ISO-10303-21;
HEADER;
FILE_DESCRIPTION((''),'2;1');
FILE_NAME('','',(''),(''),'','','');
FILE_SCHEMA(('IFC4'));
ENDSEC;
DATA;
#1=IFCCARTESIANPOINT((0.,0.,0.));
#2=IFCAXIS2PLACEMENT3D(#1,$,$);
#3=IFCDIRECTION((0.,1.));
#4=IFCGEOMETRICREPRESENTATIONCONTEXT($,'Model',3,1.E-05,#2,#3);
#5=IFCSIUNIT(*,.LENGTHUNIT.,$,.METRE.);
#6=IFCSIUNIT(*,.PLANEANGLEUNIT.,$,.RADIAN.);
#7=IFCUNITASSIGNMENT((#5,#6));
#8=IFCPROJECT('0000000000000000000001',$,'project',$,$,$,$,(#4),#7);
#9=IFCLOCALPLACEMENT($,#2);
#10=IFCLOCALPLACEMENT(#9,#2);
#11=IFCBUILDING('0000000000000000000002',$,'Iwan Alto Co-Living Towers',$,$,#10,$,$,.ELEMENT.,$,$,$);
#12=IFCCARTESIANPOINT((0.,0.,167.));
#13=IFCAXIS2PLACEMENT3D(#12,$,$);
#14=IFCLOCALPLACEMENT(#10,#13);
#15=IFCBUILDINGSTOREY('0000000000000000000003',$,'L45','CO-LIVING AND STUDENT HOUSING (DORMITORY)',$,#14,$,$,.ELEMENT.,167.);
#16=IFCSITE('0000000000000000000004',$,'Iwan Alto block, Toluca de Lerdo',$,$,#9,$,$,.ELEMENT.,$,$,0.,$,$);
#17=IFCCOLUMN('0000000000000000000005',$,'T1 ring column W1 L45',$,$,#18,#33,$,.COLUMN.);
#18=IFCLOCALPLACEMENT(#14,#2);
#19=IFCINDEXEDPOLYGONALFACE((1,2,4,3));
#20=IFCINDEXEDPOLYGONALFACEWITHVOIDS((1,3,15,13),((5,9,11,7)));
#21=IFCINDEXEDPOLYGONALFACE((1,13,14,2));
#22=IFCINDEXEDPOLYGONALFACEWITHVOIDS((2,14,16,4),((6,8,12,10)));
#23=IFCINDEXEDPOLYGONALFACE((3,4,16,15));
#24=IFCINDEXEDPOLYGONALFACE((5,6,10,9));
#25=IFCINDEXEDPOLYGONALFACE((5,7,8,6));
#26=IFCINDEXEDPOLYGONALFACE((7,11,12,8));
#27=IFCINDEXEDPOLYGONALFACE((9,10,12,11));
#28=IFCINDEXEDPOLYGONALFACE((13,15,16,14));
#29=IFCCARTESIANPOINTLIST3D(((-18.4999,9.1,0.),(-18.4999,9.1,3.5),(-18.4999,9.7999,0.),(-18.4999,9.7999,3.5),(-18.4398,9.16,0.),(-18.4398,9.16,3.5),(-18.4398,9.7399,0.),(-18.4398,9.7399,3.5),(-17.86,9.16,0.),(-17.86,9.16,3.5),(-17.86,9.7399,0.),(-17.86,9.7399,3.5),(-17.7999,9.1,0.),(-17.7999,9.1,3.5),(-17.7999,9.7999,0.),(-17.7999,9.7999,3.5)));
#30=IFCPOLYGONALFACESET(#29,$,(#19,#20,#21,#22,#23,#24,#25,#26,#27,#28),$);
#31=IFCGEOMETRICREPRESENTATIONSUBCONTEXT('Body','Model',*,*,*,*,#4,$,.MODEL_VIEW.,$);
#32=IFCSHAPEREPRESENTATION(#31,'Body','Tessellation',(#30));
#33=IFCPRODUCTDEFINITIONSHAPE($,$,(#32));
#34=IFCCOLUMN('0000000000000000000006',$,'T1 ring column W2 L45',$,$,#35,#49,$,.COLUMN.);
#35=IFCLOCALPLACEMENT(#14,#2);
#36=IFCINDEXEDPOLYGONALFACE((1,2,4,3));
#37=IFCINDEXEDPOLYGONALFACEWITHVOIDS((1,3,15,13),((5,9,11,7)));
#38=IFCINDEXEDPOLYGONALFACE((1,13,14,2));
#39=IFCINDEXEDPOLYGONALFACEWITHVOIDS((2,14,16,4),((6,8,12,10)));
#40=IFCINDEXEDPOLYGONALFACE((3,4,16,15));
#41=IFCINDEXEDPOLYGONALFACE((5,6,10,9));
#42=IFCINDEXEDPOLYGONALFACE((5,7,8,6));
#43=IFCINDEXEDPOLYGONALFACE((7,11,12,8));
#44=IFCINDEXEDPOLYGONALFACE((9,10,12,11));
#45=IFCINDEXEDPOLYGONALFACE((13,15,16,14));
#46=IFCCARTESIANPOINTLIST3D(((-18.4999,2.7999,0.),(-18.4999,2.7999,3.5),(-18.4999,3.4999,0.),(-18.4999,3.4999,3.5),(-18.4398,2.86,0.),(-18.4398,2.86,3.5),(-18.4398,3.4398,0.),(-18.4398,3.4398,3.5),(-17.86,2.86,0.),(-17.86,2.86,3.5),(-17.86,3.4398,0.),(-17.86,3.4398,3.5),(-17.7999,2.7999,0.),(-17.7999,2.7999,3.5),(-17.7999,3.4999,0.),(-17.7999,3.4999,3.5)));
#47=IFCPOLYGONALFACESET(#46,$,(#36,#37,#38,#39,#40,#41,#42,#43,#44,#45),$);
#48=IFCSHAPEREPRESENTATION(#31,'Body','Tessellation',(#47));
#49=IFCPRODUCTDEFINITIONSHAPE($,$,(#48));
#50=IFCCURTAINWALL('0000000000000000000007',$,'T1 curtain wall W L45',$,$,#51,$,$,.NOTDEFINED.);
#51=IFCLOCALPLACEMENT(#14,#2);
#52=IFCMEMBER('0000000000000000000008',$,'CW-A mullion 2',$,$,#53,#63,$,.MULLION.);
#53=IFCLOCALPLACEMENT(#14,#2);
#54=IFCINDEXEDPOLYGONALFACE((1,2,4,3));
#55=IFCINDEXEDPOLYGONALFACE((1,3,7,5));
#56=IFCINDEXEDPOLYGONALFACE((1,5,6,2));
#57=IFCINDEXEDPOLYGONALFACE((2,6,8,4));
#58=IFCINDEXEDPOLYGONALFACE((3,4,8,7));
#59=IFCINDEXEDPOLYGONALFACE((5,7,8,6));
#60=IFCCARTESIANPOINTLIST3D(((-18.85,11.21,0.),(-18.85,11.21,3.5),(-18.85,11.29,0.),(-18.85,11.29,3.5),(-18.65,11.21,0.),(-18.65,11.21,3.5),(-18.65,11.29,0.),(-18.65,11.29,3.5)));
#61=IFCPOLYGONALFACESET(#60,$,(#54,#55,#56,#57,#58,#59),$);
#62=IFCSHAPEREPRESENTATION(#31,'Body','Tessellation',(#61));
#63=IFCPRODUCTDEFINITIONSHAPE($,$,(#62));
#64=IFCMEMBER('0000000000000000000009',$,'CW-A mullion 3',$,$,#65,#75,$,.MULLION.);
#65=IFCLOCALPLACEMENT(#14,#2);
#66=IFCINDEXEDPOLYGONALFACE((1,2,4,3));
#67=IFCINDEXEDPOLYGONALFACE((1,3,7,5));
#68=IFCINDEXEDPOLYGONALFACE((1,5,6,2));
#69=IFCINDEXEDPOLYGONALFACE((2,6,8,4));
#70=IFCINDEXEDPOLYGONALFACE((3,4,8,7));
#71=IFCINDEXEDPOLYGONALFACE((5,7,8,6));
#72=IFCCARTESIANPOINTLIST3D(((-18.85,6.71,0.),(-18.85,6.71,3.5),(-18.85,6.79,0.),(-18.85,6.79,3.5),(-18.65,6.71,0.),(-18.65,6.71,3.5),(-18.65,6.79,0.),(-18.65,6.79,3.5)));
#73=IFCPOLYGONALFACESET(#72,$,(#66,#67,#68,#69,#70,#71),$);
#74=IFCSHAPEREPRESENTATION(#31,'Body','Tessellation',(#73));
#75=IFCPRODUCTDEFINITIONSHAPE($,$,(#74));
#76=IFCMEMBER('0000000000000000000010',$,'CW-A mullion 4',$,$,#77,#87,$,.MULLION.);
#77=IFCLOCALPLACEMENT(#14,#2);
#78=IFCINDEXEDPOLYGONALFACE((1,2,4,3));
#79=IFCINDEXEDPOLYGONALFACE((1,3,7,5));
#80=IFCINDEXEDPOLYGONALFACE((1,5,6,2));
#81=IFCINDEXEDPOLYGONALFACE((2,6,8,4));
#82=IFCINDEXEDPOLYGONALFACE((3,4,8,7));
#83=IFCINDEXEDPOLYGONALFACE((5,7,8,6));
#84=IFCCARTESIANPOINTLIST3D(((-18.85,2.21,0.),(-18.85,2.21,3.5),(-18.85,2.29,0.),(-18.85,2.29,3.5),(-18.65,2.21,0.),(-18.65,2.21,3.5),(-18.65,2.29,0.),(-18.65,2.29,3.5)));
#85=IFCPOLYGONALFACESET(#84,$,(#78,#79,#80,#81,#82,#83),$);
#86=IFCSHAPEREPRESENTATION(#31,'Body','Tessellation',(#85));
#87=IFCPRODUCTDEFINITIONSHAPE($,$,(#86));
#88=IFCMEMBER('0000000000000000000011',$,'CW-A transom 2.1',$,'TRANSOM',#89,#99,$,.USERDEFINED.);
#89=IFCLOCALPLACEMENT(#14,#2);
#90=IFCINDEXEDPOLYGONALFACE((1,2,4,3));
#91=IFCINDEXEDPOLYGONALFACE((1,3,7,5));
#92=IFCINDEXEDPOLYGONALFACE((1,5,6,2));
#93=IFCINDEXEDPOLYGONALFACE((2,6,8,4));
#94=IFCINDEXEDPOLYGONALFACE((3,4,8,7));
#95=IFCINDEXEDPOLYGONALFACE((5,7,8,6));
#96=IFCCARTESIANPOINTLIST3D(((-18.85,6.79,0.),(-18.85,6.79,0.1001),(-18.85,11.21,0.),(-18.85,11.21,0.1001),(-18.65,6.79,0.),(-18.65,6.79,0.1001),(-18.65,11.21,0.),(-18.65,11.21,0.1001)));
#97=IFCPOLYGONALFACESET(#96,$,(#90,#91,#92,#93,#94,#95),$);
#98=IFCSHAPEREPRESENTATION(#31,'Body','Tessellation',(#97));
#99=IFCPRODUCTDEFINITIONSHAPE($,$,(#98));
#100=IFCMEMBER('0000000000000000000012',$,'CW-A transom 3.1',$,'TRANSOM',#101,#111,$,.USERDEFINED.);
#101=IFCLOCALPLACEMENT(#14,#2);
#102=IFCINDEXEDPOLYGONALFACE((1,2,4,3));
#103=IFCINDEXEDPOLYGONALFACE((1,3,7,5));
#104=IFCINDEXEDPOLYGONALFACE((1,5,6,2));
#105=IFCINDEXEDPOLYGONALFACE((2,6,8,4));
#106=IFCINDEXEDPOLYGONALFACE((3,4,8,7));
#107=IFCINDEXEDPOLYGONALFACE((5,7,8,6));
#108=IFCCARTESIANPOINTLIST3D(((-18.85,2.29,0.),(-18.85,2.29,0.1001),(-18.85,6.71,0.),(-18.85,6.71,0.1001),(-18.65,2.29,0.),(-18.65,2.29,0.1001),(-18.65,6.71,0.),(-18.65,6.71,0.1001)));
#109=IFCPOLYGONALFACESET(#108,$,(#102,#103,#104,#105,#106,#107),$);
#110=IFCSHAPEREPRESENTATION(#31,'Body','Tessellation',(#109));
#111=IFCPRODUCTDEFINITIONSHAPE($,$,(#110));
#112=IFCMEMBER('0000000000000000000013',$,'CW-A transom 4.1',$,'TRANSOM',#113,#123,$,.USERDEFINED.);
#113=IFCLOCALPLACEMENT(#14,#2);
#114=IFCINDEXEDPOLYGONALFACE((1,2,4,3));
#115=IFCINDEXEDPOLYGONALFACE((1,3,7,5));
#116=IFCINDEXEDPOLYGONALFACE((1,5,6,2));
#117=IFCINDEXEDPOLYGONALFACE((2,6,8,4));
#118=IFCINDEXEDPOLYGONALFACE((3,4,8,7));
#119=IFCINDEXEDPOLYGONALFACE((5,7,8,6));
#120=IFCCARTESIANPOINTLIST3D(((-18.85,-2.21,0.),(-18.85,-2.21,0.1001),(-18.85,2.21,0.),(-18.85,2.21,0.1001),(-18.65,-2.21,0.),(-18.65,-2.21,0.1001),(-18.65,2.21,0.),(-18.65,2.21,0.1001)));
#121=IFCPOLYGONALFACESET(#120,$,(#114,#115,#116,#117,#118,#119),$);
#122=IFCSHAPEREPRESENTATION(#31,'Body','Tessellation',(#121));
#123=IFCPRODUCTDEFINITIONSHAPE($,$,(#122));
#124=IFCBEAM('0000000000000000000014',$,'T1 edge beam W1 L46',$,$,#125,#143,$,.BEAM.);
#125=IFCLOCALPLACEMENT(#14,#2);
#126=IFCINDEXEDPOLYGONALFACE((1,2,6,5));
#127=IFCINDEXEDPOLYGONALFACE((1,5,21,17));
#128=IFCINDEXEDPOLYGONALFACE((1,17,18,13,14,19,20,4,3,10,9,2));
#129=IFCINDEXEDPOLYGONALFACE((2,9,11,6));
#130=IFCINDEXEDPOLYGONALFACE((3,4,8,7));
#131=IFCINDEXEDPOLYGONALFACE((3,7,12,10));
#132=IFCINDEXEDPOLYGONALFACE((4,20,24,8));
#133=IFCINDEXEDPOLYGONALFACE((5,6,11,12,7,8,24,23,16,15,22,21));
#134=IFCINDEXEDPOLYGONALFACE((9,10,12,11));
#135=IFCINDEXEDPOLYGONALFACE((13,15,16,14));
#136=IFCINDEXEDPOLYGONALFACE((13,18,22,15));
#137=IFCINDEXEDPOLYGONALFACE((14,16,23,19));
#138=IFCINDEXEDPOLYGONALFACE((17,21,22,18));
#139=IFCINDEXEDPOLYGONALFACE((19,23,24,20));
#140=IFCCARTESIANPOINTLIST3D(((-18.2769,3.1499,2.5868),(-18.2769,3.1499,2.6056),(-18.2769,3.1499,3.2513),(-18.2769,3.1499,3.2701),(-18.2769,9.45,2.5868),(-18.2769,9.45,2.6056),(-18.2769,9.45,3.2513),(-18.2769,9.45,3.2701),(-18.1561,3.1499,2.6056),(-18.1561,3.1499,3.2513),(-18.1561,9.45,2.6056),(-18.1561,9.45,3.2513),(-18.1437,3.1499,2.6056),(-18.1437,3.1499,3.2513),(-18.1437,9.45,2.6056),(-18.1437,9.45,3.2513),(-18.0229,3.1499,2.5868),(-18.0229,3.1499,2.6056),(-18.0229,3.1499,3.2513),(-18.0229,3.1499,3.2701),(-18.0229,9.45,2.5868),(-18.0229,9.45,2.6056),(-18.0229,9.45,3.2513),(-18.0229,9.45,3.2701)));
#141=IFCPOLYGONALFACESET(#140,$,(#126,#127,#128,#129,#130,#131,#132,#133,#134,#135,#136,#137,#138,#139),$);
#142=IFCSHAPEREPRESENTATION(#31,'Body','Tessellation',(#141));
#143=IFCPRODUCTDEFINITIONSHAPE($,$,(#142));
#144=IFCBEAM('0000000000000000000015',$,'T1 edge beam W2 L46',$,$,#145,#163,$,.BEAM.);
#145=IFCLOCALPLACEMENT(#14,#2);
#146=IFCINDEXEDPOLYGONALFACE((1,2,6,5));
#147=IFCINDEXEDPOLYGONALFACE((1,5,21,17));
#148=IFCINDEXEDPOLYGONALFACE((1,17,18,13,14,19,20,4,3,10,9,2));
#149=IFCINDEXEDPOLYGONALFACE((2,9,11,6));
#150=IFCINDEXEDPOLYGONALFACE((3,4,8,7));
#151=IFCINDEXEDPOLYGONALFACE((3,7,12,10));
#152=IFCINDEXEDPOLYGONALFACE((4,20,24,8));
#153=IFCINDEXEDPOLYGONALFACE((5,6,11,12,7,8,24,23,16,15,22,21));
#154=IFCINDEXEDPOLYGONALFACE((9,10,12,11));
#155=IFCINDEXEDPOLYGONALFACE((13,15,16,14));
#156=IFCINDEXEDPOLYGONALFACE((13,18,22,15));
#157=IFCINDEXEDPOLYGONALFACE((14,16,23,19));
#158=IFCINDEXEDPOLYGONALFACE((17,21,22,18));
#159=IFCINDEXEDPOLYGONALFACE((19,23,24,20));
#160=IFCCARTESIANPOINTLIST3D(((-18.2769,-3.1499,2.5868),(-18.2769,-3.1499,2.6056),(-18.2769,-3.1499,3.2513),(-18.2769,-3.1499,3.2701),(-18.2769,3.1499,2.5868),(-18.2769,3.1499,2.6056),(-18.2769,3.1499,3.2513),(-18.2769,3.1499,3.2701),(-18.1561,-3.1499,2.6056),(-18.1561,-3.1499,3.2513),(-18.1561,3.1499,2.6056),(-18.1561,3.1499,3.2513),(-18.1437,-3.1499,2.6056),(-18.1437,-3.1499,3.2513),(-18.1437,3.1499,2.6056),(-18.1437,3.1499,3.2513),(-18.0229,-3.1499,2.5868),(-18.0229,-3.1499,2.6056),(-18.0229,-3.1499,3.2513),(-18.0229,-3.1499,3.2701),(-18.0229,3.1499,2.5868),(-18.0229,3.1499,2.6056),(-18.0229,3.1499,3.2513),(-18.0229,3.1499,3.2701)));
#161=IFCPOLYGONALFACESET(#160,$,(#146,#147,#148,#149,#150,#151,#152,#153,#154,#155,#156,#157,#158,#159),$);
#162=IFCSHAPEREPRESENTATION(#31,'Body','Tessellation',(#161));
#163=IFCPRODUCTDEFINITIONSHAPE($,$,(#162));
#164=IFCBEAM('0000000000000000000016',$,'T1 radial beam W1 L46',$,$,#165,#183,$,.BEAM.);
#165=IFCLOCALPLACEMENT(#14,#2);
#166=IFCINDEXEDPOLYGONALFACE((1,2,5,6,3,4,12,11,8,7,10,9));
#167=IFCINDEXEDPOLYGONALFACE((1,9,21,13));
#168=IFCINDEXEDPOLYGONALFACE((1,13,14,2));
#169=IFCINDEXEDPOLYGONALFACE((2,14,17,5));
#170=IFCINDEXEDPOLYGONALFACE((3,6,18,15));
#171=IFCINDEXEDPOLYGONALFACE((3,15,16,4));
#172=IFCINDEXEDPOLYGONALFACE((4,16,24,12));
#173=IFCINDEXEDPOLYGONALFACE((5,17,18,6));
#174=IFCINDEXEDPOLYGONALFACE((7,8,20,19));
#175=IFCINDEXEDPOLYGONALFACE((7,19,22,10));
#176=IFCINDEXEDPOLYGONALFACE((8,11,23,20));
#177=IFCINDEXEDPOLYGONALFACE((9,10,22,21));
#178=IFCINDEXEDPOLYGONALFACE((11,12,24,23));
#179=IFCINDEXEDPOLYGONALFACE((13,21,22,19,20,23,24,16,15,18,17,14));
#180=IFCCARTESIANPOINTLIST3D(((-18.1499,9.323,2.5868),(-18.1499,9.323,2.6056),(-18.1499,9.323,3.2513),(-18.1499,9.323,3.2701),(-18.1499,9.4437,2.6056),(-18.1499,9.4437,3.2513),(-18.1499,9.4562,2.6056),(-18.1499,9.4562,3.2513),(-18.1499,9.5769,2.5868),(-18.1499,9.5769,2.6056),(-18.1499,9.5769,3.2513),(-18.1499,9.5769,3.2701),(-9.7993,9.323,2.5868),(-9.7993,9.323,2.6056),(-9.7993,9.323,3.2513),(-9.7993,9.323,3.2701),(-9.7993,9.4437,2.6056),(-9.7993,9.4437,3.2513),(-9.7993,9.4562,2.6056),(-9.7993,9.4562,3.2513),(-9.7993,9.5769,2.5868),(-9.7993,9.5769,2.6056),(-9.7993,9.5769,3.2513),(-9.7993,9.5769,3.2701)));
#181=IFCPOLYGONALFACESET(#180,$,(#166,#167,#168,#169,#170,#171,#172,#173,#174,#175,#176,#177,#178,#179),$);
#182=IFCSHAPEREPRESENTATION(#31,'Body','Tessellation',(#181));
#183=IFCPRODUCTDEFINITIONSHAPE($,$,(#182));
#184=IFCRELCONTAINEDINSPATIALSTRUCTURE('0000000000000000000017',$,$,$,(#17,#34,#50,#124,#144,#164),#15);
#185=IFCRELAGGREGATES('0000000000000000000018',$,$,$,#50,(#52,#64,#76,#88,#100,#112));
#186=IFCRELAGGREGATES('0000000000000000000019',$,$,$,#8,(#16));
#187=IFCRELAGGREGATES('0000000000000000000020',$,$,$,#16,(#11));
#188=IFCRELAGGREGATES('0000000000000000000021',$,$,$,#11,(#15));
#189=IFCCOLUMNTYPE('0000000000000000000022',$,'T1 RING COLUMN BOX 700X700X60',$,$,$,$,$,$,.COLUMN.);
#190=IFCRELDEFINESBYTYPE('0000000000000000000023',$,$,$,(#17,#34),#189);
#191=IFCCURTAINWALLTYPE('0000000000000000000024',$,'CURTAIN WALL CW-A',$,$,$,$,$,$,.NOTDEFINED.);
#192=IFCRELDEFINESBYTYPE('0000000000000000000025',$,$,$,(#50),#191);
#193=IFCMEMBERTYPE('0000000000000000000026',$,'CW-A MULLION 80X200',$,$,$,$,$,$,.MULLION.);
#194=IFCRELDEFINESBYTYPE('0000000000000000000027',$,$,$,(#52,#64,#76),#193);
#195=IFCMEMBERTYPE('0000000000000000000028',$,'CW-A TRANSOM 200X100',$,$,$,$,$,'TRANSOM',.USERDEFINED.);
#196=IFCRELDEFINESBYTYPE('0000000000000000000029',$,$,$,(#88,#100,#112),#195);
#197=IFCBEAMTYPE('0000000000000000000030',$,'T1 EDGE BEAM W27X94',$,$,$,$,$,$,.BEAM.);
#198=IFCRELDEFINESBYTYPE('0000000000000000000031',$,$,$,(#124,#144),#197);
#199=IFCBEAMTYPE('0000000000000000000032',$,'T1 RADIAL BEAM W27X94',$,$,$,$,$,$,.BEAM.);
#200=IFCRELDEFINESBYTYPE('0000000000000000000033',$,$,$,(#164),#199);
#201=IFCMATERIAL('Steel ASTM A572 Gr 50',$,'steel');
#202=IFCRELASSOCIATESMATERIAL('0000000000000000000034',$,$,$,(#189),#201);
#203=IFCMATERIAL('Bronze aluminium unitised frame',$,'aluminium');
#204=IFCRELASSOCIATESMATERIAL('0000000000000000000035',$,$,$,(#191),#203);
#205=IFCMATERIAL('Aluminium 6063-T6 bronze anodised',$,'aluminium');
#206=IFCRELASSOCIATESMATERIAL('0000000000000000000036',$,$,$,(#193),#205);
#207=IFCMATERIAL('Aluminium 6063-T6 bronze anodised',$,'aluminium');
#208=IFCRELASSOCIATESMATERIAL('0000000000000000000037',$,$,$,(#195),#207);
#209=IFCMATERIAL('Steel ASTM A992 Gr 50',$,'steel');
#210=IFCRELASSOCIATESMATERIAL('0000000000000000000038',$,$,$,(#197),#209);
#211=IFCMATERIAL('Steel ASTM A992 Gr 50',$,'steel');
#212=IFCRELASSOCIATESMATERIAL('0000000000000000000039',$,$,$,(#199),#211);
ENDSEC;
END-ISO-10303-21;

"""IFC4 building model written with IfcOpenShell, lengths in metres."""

from ifc_helpers import new_model, si_unit, direction, frame, origin, origin_2d, place, context, subcontext, project, spatial, rectangle, hollow_rectangle, i_section, extrude, material, material_profile, profile_set, type_object, element, aggregate, save


model = new_model("IFC4")

# Units and contexts
model_context = context("Model", 3, precision=1e-05, world=origin(), true_north=direction((0.0, 1.0)))
body_context = subcontext(model_context, "Body", "Model", "MODEL_VIEW")
ifc_project = project(units=[si_unit("LENGTHUNIT", "METRE"), si_unit("PLANEANGLEUNIT", "RADIAN")], contexts=[model_context])

# Site, building, storey
site_placement = place(None, origin())
site = spatial("IfcSite", under=ifc_project, at=site_placement, Name="Iwan Alto block, Toluca de Lerdo", CompositionType="ELEMENT", RefElevation=0.0)
building_placement = place(site_placement, origin())
building = spatial("IfcBuilding", under=site, at=building_placement, Name="Iwan Alto Co-Living Towers", CompositionType="ELEMENT")
storey_placement = place(building_placement, frame((0.0, 0.0, 167.0)))
storey = spatial("IfcBuildingStorey", under=building, at=storey_placement, Name="L45", Description="CO-LIVING AND STUDENT HOUSING (DORMITORY)", CompositionType="ELEMENT", Elevation=167.0)

# Columns
ifc_material_1 = material(Name="Steel ASTM A572 Gr 50", Category="steel")
ifc_material_profile_1 = material_profile(ifc_material_1, hollow_rectangle(XDim=0.7, YDim=0.7, WallThickness=0.0601, at=origin_2d()), Name="BOX 700X700X60")
ifc_profile_set_1 = profile_set([ifc_material_profile_1], Name="Steel ASTM A572 Gr 50")
column_type = type_object("IfcColumnType", Name="T1 RING COLUMN BOX 700X700X60", PredefinedType="COLUMN", material=ifc_profile_set_1)
for number, where, z_axis, x_axis, name in (
    (1, (-18.1499, 9.45, 0.0), (0.0, 0.0, 1.0), (1.0, 0.0, 0.0), "T1 ring column W1 L45"),
    (2, (-18.1499, 3.1499, 0.0), (0.0, 0.0, 1.0), (1.0, 0.0, 0.0), "T1 ring column W2 L45"),
):
    element("IfcColumn", number, at=place(storey_placement, frame(where, z_axis=z_axis, x_axis=x_axis)), inside=storey, type_object=column_type, Name=name, PredefinedType="COLUMN", context=body_context, shape_type="SweptSolid", body=[
        extrude(hollow_rectangle(XDim=0.7, YDim=0.7, WallThickness=0.0601, at=origin_2d()), origin(), (0.0, 0.0, 1.0), 3.5),
    ])

# Curtain wall, members
ifc_material_2 = material(Name="Bronze aluminium unitised frame", Category="aluminium")
curtain_wall_type = type_object("IfcCurtainWallType", Name="CURTAIN WALL CW-A", PredefinedType="NOTDEFINED", material=ifc_material_2)
curtain_wall_placement = place(storey_placement, origin())
curtain_wall = element("IfcCurtainWall", 3, at=curtain_wall_placement, inside=storey, type_object=curtain_wall_type, Name="T1 curtain wall W L45", PredefinedType="NOTDEFINED")
ifc_material_3 = material(Name="Aluminium 6063-T6 bronze anodised", Category="aluminium")
ifc_material_profile_2 = material_profile(ifc_material_3, rectangle(XDim=0.2, YDim=0.0801, at=origin_2d()), Name="AL 80X200")
ifc_profile_set_2 = profile_set([ifc_material_profile_2], Name="Aluminium 6063-T6 bronze anodised")
member_type_1 = type_object("IfcMemberType", Name="CW-A MULLION 80X200", PredefinedType="MULLION", material=ifc_profile_set_2)
member_1_placement = place(storey_placement, frame((-18.75, 11.25, 0.0), z_axis=(0.0, 0.0, 1.0), x_axis=(1.0, 0.0, 0.0)))
member_1 = element("IfcMember", 4, at=member_1_placement, type_object=member_type_1, Name="CW-A mullion 2", PredefinedType="MULLION", context=body_context, shape_type="SweptSolid", body=[
    extrude(rectangle(XDim=0.2, YDim=0.0801, at=origin_2d()), origin(), (0.0, 0.0, 1.0), 3.5),
])
member_2_placement = place(storey_placement, frame((-18.75, 6.75, 0.0), z_axis=(0.0, 0.0, 1.0), x_axis=(1.0, 0.0, 0.0)))
member_2 = element("IfcMember", 5, at=member_2_placement, type_object=member_type_1, Name="CW-A mullion 3", PredefinedType="MULLION", context=body_context, shape_type="SweptSolid", body=[
    extrude(rectangle(XDim=0.2, YDim=0.0801, at=origin_2d()), origin(), (0.0, 0.0, 1.0), 3.5),
])
member_3_placement = place(storey_placement, frame((-18.75, 2.25, 0.0), z_axis=(0.0, 0.0, 1.0), x_axis=(1.0, 0.0, 0.0)))
member_3 = element("IfcMember", 6, at=member_3_placement, type_object=member_type_1, Name="CW-A mullion 4", PredefinedType="MULLION", context=body_context, shape_type="SweptSolid", body=[
    extrude(rectangle(XDim=0.2, YDim=0.0801, at=origin_2d()), origin(), (0.0, 0.0, 1.0), 3.5),
])
ifc_material_4 = material(Name="Aluminium 6063-T6 bronze anodised", Category="aluminium")
ifc_material_profile_3 = material_profile(ifc_material_4, rectangle(XDim=0.2, YDim=0.1001, at=origin_2d()), Name="AL 200X100")
ifc_profile_set_3 = profile_set([ifc_material_profile_3], Name="Aluminium 6063-T6 bronze anodised")
member_type_2 = type_object("IfcMemberType", Name="CW-A TRANSOM 200X100", ElementType="TRANSOM", PredefinedType="USERDEFINED", material=ifc_profile_set_3)
member_4_placement = place(storey_placement, frame((-18.75, 11.21, 0.05), z_axis=(0.0, -1.0, 0.0), x_axis=(1.0, 0.0, 0.0)))
member_4 = element("IfcMember", 7, at=member_4_placement, type_object=member_type_2, Name="CW-A transom 2.1", ObjectType="TRANSOM", PredefinedType="USERDEFINED", context=body_context, shape_type="SweptSolid", body=[
    extrude(rectangle(XDim=0.2, YDim=0.1001, at=origin_2d()), origin(), (0.0, 0.0, 1.0), 4.4199),
])
member_5_placement = place(storey_placement, frame((-18.75, 6.71, 0.05), z_axis=(0.0, -1.0, 0.0), x_axis=(1.0, 0.0, 0.0)))
member_5 = element("IfcMember", 8, at=member_5_placement, type_object=member_type_2, Name="CW-A transom 3.1", ObjectType="TRANSOM", PredefinedType="USERDEFINED", context=body_context, shape_type="SweptSolid", body=[
    extrude(rectangle(XDim=0.2, YDim=0.1001, at=origin_2d()), origin(), (0.0, 0.0, 1.0), 4.4199),
])
member_6_placement = place(storey_placement, frame((-18.75, 2.21, 0.05), z_axis=(0.0, -1.0, 0.0), x_axis=(1.0, 0.0, 0.0)))
member_6 = element("IfcMember", 9, at=member_6_placement, type_object=member_type_2, Name="CW-A transom 4.1", ObjectType="TRANSOM", PredefinedType="USERDEFINED", context=body_context, shape_type="SweptSolid", body=[
    extrude(rectangle(XDim=0.2, YDim=0.1001, at=origin_2d()), origin(), (0.0, 0.0, 1.0), 4.4199),
])

# Beams
ifc_material_5 = material(Name="Steel ASTM A992 Gr 50", Category="steel")
ifc_material_profile_4 = material_profile(ifc_material_5, i_section(OverallWidth=0.2539, OverallDepth=0.6833, WebThickness=0.0125, FlangeThickness=0.0188, at=origin_2d()), Name="W27X94")
ifc_profile_set_4 = profile_set([ifc_material_profile_4], Name="Steel ASTM A992 Gr 50")
beam_type_1 = type_object("IfcBeamType", Name="T1 EDGE BEAM W27X94", PredefinedType="BEAM", material=ifc_profile_set_4)
beam_1_placement = place(storey_placement, frame((-18.1499, 9.45, 2.9285), z_axis=(0.0, -1.0, 0.0), x_axis=(1.0, 0.0, 0.0)))
element("IfcBeam", 10, at=beam_1_placement, inside=storey, type_object=beam_type_1, Name="T1 edge beam W1 L46", PredefinedType="BEAM", context=body_context, shape_type="SweptSolid", body=[
    extrude(i_section(OverallWidth=0.2539, OverallDepth=0.6833, WebThickness=0.0125, FlangeThickness=0.0188, at=origin_2d()), origin(), (0.0, 0.0, 1.0), 6.3),
])
beam_2_placement = place(storey_placement, frame((-18.1499, 3.1499, 2.9285), z_axis=(0.0, -1.0, 0.0), x_axis=(1.0, 0.0, 0.0)))
element("IfcBeam", 11, at=beam_2_placement, inside=storey, type_object=beam_type_1, Name="T1 edge beam W2 L46", PredefinedType="BEAM", context=body_context, shape_type="SweptSolid", body=[
    extrude(i_section(OverallWidth=0.2539, OverallDepth=0.6833, WebThickness=0.0125, FlangeThickness=0.0188, at=origin_2d()), origin(), (0.0, 0.0, 1.0), 6.2998),
])
ifc_material_6 = material(Name="Steel ASTM A992 Gr 50", Category="steel")
ifc_material_profile_5 = material_profile(ifc_material_6, i_section(OverallWidth=0.2539, OverallDepth=0.6833, WebThickness=0.0125, FlangeThickness=0.0188, at=origin_2d()), Name="W27X94")
ifc_profile_set_5 = profile_set([ifc_material_profile_5], Name="Steel ASTM A992 Gr 50")
beam_type_2 = type_object("IfcBeamType", Name="T1 RADIAL BEAM W27X94", PredefinedType="BEAM", material=ifc_profile_set_5)
for number, where, z_axis, x_axis, name in (
    (12, (-18.1499, 9.45, 2.9285), (1.0, 0.0, 0.0), (0.0, 1.0, 0.0), "T1 radial beam W1 L46"),
):
    element("IfcBeam", number, at=place(storey_placement, frame(where, z_axis=z_axis, x_axis=x_axis)), inside=storey, type_object=beam_type_2, Name=name, PredefinedType="BEAM", context=body_context, shape_type="SweptSolid", body=[
        extrude(i_section(OverallWidth=0.2539, OverallDepth=0.6833, WebThickness=0.0125, FlangeThickness=0.0188, at=origin_2d()), origin(), (0.0, 0.0, 1.0), 8.3506),
    ])

aggregate(curtain_wall, [member_1, member_2, member_3, member_4, member_5, member_6])

save(model, "model.ifc")
